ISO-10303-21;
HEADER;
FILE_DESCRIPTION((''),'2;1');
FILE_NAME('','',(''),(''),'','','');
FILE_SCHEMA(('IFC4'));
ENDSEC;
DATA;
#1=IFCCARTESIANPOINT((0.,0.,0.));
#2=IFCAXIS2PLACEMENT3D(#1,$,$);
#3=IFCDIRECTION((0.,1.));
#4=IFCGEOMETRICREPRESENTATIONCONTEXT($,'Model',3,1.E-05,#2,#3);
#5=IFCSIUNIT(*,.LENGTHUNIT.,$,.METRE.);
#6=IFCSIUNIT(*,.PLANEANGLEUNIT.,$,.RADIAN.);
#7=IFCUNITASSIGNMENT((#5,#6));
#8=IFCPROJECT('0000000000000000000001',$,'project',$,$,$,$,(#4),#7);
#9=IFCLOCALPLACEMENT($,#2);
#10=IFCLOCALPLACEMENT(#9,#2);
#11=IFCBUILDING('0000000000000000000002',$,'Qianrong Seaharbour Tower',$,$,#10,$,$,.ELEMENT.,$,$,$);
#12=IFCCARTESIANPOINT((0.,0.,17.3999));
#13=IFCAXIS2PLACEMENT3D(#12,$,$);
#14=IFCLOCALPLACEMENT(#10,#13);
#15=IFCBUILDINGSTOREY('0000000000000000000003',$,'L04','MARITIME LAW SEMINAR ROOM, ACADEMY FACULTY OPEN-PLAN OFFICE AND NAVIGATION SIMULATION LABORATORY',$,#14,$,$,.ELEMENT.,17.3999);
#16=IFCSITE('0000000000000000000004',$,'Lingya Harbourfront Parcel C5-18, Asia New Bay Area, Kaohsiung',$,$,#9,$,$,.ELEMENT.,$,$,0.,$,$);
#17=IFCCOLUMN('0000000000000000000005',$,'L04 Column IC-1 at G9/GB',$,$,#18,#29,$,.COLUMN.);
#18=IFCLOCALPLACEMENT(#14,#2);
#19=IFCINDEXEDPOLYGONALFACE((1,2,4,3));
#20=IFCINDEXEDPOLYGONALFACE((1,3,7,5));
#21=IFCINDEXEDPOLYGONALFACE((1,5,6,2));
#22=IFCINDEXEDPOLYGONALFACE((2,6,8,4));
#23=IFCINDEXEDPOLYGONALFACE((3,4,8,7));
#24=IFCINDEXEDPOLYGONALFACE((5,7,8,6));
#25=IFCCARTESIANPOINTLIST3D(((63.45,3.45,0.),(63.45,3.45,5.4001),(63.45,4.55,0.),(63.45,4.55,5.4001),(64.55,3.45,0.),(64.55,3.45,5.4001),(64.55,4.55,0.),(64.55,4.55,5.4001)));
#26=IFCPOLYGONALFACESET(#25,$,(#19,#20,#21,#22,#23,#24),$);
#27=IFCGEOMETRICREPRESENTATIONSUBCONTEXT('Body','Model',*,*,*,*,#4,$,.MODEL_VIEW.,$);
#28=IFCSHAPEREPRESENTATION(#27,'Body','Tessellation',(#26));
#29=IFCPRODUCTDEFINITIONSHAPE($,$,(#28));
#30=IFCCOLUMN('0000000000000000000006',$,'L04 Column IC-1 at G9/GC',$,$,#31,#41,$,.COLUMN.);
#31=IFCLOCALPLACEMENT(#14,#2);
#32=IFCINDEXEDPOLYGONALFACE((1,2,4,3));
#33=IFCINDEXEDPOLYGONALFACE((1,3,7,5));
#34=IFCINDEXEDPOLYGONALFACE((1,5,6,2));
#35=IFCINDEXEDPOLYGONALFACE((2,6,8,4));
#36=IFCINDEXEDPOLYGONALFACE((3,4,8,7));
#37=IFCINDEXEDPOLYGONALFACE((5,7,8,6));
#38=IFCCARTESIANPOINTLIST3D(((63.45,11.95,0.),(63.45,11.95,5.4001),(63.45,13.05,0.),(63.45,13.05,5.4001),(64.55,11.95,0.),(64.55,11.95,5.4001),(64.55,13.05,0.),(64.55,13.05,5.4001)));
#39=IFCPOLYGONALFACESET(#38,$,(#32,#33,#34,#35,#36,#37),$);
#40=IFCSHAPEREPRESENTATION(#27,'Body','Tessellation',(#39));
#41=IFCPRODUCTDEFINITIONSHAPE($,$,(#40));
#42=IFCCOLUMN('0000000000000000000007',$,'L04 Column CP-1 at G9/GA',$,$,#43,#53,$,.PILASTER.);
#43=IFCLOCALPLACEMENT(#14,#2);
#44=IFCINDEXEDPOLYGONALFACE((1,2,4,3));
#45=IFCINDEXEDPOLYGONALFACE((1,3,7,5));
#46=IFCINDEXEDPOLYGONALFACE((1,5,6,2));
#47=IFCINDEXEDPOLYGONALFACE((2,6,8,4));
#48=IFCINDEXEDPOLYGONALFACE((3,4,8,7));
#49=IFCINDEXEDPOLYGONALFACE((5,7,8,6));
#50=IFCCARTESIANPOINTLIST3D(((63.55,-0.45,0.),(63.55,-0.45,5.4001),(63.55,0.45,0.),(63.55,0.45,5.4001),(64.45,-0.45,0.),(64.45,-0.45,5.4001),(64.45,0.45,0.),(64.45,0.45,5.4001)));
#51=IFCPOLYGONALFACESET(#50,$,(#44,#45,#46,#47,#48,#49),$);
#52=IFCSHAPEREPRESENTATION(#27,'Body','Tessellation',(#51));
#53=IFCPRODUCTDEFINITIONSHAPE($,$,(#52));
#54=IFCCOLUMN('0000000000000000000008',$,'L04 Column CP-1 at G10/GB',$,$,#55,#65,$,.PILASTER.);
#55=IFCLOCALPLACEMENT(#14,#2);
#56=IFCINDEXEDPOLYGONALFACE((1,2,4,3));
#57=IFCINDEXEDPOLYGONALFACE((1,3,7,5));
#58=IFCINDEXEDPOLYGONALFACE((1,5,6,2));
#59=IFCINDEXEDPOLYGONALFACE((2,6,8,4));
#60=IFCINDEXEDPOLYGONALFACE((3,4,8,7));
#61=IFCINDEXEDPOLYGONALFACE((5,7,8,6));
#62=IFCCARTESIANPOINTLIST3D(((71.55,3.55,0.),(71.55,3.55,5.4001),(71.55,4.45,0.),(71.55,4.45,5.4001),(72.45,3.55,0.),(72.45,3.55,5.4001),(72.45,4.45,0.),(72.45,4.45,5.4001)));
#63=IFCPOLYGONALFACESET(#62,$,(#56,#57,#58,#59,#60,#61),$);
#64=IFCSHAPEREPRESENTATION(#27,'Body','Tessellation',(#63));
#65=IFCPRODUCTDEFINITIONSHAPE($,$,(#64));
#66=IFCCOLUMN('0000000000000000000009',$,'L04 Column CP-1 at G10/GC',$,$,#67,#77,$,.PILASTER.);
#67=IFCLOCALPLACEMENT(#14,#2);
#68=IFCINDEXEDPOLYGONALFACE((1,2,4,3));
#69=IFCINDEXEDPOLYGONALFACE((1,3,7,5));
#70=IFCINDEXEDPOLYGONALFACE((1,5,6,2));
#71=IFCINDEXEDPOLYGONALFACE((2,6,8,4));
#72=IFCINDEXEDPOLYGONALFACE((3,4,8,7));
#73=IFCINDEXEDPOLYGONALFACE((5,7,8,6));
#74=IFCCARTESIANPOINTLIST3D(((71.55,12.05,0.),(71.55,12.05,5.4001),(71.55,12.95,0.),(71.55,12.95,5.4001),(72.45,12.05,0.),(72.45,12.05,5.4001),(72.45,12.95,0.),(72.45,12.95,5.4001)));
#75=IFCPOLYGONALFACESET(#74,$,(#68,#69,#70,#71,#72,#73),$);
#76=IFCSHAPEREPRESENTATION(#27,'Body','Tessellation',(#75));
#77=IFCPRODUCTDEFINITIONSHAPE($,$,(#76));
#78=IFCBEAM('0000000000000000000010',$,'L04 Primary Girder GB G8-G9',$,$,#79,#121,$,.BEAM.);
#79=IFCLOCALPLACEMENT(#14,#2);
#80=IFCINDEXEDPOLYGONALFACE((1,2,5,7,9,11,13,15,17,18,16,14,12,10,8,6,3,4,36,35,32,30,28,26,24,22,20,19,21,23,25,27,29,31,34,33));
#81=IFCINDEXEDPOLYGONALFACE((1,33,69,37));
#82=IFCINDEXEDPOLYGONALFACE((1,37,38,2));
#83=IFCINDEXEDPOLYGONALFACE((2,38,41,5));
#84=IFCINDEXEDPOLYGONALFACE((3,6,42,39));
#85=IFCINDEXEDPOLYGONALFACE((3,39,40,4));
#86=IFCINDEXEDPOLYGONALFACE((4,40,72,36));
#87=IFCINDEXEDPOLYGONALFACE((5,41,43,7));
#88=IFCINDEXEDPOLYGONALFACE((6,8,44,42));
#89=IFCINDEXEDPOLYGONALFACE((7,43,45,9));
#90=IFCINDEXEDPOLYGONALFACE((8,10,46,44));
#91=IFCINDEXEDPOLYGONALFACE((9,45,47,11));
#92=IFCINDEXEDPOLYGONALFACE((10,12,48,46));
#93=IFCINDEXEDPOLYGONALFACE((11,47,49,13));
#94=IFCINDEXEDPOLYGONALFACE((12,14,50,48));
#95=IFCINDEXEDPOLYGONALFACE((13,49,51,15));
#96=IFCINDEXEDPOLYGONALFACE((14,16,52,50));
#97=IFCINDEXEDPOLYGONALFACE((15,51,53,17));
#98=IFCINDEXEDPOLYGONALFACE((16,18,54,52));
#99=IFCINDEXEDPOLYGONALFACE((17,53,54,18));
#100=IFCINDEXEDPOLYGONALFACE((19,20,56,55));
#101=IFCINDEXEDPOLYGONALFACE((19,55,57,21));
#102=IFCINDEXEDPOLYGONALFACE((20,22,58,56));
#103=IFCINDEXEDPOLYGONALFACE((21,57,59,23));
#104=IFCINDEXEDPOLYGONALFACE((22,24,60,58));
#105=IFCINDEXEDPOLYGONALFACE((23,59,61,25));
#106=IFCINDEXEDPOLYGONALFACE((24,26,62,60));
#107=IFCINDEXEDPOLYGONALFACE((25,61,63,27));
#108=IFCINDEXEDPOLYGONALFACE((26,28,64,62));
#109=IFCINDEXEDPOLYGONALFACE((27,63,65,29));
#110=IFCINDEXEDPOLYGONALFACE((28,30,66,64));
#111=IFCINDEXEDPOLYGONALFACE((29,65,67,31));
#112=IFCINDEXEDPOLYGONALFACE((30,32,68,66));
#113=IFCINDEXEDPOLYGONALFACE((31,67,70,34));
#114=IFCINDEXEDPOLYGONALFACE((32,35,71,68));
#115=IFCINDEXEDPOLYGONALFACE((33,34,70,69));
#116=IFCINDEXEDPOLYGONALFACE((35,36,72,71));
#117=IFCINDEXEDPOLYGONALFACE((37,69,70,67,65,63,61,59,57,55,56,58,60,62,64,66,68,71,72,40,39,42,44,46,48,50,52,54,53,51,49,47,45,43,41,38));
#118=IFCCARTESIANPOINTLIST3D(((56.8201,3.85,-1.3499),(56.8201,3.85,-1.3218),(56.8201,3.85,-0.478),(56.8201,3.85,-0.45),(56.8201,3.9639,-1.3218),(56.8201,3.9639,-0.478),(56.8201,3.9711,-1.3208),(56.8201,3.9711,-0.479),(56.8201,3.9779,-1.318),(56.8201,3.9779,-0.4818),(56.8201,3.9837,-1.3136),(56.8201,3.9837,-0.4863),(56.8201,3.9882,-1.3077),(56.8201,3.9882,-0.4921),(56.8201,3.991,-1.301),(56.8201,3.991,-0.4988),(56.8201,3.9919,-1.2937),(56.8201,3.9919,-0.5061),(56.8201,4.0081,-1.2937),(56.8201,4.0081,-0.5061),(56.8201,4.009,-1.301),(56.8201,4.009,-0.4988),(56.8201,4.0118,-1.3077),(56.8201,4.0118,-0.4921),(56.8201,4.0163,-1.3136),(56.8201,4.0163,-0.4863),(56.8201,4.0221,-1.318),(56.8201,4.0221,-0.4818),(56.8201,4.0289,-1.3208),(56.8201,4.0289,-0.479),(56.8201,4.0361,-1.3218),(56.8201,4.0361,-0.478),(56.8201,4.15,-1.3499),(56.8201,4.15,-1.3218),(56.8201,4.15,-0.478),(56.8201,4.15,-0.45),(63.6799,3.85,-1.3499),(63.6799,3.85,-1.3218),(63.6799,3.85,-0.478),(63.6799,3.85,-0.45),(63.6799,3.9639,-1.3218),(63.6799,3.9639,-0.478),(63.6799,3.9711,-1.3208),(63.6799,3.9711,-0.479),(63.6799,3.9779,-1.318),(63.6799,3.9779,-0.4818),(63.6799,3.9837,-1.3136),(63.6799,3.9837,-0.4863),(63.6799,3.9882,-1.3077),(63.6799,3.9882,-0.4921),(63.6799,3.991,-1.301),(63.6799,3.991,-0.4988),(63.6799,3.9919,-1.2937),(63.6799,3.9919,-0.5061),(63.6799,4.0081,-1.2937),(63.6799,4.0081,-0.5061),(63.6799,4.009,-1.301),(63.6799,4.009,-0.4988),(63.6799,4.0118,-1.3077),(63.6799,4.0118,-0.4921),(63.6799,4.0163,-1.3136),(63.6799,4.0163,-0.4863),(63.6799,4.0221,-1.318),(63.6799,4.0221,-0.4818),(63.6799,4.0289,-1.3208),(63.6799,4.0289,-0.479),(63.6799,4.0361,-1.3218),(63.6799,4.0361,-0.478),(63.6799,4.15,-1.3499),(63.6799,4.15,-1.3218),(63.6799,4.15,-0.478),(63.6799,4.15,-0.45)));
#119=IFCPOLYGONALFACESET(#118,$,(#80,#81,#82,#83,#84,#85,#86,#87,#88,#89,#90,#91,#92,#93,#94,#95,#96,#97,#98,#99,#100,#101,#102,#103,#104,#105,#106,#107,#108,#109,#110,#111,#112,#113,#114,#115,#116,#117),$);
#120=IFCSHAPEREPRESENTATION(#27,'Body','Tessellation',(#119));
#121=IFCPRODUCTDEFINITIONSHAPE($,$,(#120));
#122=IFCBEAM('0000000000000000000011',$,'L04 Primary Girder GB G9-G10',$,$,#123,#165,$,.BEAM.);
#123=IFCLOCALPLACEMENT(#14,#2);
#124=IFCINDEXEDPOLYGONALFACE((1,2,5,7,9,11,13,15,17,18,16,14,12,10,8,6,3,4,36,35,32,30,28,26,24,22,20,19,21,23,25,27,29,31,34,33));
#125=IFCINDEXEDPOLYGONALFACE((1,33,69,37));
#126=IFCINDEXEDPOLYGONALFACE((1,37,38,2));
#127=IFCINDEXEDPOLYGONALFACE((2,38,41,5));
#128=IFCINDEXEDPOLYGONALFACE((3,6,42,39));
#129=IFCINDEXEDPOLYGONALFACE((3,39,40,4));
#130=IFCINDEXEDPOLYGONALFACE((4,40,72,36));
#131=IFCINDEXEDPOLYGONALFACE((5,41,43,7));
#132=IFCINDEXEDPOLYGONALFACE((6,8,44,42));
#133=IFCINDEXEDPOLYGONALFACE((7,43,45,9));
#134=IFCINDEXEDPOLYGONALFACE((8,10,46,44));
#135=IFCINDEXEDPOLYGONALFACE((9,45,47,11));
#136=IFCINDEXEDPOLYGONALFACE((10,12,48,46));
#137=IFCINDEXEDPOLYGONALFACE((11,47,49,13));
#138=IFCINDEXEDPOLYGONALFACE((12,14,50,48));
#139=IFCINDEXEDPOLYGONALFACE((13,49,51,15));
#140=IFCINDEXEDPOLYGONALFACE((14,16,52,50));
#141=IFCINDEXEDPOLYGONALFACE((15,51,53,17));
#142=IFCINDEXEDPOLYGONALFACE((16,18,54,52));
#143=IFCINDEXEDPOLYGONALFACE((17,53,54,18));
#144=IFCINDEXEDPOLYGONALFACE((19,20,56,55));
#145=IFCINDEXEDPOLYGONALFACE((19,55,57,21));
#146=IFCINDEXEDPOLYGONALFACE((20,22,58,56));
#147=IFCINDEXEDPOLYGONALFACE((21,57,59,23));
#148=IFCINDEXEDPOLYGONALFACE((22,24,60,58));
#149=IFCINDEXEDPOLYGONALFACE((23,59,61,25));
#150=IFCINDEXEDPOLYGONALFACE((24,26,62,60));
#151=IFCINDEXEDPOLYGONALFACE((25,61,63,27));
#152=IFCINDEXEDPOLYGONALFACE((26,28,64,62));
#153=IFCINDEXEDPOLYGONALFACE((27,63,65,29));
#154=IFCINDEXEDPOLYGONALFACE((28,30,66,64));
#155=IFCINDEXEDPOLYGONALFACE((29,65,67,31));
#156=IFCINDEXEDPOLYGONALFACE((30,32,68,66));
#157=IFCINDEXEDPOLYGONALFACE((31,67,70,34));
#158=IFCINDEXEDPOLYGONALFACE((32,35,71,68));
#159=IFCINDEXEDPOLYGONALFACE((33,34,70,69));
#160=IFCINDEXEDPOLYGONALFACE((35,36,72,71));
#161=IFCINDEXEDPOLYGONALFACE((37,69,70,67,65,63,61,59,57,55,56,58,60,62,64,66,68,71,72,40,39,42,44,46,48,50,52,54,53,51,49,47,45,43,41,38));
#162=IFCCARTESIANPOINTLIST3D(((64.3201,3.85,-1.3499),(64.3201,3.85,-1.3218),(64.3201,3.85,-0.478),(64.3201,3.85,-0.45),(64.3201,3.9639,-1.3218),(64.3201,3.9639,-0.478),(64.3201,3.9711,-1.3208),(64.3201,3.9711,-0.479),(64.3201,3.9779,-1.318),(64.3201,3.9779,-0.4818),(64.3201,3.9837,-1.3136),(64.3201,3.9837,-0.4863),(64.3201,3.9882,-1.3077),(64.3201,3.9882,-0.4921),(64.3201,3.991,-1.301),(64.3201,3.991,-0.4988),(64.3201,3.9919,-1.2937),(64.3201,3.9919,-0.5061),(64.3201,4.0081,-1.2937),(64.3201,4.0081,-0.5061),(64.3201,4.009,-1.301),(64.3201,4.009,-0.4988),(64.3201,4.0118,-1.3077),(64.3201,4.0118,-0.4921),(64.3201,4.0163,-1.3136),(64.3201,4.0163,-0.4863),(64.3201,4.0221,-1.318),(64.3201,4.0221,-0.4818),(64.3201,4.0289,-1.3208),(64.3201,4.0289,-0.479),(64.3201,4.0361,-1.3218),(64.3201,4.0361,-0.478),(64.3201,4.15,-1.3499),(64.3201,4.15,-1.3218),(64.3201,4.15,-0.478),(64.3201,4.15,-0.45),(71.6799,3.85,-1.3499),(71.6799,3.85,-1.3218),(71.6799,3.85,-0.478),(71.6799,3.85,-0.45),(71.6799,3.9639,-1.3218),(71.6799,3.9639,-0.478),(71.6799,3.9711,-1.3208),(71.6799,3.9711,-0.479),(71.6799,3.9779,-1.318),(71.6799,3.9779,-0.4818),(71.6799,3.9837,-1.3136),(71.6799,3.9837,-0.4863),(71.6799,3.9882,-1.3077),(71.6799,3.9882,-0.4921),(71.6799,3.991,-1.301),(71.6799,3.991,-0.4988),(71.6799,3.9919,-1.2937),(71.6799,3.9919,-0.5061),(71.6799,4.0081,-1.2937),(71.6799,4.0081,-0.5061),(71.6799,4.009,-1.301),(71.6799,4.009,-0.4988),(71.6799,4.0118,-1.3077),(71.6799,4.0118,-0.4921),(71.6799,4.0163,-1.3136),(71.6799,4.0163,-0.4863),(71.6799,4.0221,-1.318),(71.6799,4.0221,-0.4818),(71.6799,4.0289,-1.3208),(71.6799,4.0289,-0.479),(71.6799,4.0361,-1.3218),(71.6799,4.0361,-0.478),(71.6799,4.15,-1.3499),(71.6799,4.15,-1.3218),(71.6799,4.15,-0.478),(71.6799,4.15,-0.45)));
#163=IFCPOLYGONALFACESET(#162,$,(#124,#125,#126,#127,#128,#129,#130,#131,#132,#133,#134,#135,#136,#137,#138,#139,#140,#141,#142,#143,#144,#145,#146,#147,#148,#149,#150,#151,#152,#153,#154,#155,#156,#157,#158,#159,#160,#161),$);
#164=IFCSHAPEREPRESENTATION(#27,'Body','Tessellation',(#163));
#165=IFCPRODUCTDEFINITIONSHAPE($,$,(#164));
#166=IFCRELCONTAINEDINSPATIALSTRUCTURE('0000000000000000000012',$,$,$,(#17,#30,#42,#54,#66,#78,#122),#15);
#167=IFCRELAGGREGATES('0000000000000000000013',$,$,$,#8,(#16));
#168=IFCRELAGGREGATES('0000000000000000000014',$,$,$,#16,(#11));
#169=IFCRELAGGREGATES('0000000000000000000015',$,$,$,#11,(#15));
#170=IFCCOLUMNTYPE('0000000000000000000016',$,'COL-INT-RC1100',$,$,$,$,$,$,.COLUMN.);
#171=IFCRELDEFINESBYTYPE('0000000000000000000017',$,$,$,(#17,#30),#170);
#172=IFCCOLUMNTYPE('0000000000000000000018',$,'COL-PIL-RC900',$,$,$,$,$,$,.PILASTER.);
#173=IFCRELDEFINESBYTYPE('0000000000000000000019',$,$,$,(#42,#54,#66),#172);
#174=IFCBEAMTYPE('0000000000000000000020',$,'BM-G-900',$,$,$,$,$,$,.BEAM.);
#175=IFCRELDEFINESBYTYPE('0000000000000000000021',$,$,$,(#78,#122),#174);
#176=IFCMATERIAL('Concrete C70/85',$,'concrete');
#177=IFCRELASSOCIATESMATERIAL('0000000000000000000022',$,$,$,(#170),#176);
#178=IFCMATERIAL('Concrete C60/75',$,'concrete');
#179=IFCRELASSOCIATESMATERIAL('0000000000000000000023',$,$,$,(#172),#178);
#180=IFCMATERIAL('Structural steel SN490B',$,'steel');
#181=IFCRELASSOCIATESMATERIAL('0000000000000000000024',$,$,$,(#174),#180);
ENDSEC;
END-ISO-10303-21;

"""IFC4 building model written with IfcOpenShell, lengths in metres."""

from ifc_helpers import new_model, si_unit, direction, frame, origin, origin_2d, place, context, subcontext, project, spatial, rectangle, i_section, extrude, material, material_profile, profile_set, type_object, element, save


model = new_model("IFC4")

# Units and contexts
model_context = context("Model", 3, precision=1e-05, world=origin(), true_north=direction((0.0, 1.0)))
body_context = subcontext(model_context, "Body", "Model", "MODEL_VIEW")
ifc_project = project(units=[si_unit("LENGTHUNIT", "METRE"), si_unit("PLANEANGLEUNIT", "RADIAN")], contexts=[model_context])

# Site, building, storey
site_placement = place(None, origin())
site = spatial("IfcSite", under=ifc_project, at=site_placement, Name="Lingya Harbourfront Parcel C5-18, Asia New Bay Area, Kaohsiung", CompositionType="ELEMENT", RefElevation=0.0)
building_placement = place(site_placement, origin())
building = spatial("IfcBuilding", under=site, at=building_placement, Name="Qianrong Seaharbour Tower", CompositionType="ELEMENT")
storey_placement = place(building_placement, frame((0.0, 0.0, 17.3999)))
storey = spatial("IfcBuildingStorey", under=building, at=storey_placement, Name="L04", Description="MARITIME LAW SEMINAR ROOM, ACADEMY FACULTY OPEN-PLAN OFFICE AND NAVIGATION SIMULATION LABORATORY", CompositionType="ELEMENT", Elevation=17.3999)

# Columns
ifc_material_1 = material(Name="Concrete C70/85", Category="concrete")
ifc_material_profile_1 = material_profile(ifc_material_1, rectangle(XDim=1.1001, YDim=1.1001, at=origin_2d()), Name="RC1100x1100")
ifc_profile_set_1 = profile_set([ifc_material_profile_1], Name="Concrete C70/85")
column_type_1 = type_object("IfcColumnType", Name="COL-INT-RC1100", PredefinedType="COLUMN", material=ifc_profile_set_1)
for number, where, z_axis, x_axis, name in (
    (1, (64.0, 4.0, 0.0), (0.0, 0.0, 1.0), (1.0, 0.0, 0.0), "L04 Column IC-1 at G9/GB"),
    (2, (64.0, 12.5, 0.0), (0.0, 0.0, 1.0), (1.0, 0.0, 0.0), "L04 Column IC-1 at G9/GC"),
):
    element("IfcColumn", number, at=place(storey_placement, frame(where, z_axis=z_axis, x_axis=x_axis)), inside=storey, type_object=column_type_1, Name=name, PredefinedType="COLUMN", context=body_context, shape_type="SweptSolid", body=[
        extrude(rectangle(XDim=1.1001, YDim=1.1001, at=origin_2d()), origin(), (0.0, 0.0, 1.0), 5.4001),
    ])
ifc_material_2 = material(Name="Concrete C60/75", Category="concrete")
ifc_material_profile_2 = material_profile(ifc_material_2, rectangle(XDim=0.8999, YDim=0.8999, at=origin_2d()), Name="RC900x900")
ifc_profile_set_2 = profile_set([ifc_material_profile_2], Name="Concrete C60/75")
column_type_2 = type_object("IfcColumnType", Name="COL-PIL-RC900", PredefinedType="PILASTER", material=ifc_profile_set_2)
for number, where, z_axis, x_axis, name in (
    (3, (64.0, 0.0, 0.0), (0.0, 0.0, 1.0), (1.0, 0.0, 0.0), "L04 Column CP-1 at G9/GA"),
    (4, (72.0, 4.0, 0.0), (0.0, 0.0, 1.0), (1.0, 0.0, 0.0), "L04 Column CP-1 at G10/GB"),
    (5, (72.0, 12.5, 0.0), (0.0, 0.0, 1.0), (1.0, 0.0, 0.0), "L04 Column CP-1 at G10/GC"),
):
    element("IfcColumn", number, at=place(storey_placement, frame(where, z_axis=z_axis, x_axis=x_axis)), inside=storey, type_object=column_type_2, Name=name, PredefinedType="PILASTER", context=body_context, shape_type="SweptSolid", body=[
        extrude(rectangle(XDim=0.8999, YDim=0.8999, at=origin_2d()), origin(), (0.0, 0.0, 1.0), 5.4001),
    ])

# Beams
ifc_material_3 = material(Name="Structural steel SN490B", Category="steel")
ifc_material_profile_3 = material_profile(ifc_material_3, i_section(OverallWidth=0.3, OverallDepth=0.8999, WebThickness=0.0161, FlangeThickness=0.0281, FilletRadius=0.0281, at=origin_2d()), Name="H900x300x16x28")
ifc_profile_set_3 = profile_set([ifc_material_profile_3], Name="Structural steel SN490B")
beam_type_1 = type_object("IfcBeamType", Name="BM-G-900", PredefinedType="BEAM", material=ifc_profile_set_3)
beam_1_placement = place(storey_placement, frame((56.8201, 4.0, -0.8999), z_axis=(1.0, 0.0, 0.0), x_axis=(0.0, 1.0, 0.0)))
element("IfcBeam", 6, at=beam_1_placement, inside=storey, type_object=beam_type_1, Name="L04 Primary Girder GB G8-G9", PredefinedType="BEAM", context=body_context, shape_type="SweptSolid", body=[
    extrude(i_section(OverallWidth=0.3, OverallDepth=0.8999, WebThickness=0.0161, FlangeThickness=0.0281, FilletRadius=0.0281, at=origin_2d()), origin(), (0.0, 0.0, 1.0), 6.8599),
])
beam_2_placement = place(storey_placement, frame((64.3201, 4.0, -0.8999), z_axis=(1.0, 0.0, 0.0), x_axis=(0.0, 1.0, 0.0)))
element("IfcBeam", 7, at=beam_2_placement, inside=storey, type_object=beam_type_1, Name="L04 Primary Girder GB G9-G10", PredefinedType="BEAM", context=body_context, shape_type="SweptSolid", body=[
    extrude(i_section(OverallWidth=0.3, OverallDepth=0.8999, WebThickness=0.0161, FlangeThickness=0.0281, FilletRadius=0.0281, at=origin_2d()), origin(), (0.0, 0.0, 1.0), 7.3599),
])

save(model, "model.ifc")
